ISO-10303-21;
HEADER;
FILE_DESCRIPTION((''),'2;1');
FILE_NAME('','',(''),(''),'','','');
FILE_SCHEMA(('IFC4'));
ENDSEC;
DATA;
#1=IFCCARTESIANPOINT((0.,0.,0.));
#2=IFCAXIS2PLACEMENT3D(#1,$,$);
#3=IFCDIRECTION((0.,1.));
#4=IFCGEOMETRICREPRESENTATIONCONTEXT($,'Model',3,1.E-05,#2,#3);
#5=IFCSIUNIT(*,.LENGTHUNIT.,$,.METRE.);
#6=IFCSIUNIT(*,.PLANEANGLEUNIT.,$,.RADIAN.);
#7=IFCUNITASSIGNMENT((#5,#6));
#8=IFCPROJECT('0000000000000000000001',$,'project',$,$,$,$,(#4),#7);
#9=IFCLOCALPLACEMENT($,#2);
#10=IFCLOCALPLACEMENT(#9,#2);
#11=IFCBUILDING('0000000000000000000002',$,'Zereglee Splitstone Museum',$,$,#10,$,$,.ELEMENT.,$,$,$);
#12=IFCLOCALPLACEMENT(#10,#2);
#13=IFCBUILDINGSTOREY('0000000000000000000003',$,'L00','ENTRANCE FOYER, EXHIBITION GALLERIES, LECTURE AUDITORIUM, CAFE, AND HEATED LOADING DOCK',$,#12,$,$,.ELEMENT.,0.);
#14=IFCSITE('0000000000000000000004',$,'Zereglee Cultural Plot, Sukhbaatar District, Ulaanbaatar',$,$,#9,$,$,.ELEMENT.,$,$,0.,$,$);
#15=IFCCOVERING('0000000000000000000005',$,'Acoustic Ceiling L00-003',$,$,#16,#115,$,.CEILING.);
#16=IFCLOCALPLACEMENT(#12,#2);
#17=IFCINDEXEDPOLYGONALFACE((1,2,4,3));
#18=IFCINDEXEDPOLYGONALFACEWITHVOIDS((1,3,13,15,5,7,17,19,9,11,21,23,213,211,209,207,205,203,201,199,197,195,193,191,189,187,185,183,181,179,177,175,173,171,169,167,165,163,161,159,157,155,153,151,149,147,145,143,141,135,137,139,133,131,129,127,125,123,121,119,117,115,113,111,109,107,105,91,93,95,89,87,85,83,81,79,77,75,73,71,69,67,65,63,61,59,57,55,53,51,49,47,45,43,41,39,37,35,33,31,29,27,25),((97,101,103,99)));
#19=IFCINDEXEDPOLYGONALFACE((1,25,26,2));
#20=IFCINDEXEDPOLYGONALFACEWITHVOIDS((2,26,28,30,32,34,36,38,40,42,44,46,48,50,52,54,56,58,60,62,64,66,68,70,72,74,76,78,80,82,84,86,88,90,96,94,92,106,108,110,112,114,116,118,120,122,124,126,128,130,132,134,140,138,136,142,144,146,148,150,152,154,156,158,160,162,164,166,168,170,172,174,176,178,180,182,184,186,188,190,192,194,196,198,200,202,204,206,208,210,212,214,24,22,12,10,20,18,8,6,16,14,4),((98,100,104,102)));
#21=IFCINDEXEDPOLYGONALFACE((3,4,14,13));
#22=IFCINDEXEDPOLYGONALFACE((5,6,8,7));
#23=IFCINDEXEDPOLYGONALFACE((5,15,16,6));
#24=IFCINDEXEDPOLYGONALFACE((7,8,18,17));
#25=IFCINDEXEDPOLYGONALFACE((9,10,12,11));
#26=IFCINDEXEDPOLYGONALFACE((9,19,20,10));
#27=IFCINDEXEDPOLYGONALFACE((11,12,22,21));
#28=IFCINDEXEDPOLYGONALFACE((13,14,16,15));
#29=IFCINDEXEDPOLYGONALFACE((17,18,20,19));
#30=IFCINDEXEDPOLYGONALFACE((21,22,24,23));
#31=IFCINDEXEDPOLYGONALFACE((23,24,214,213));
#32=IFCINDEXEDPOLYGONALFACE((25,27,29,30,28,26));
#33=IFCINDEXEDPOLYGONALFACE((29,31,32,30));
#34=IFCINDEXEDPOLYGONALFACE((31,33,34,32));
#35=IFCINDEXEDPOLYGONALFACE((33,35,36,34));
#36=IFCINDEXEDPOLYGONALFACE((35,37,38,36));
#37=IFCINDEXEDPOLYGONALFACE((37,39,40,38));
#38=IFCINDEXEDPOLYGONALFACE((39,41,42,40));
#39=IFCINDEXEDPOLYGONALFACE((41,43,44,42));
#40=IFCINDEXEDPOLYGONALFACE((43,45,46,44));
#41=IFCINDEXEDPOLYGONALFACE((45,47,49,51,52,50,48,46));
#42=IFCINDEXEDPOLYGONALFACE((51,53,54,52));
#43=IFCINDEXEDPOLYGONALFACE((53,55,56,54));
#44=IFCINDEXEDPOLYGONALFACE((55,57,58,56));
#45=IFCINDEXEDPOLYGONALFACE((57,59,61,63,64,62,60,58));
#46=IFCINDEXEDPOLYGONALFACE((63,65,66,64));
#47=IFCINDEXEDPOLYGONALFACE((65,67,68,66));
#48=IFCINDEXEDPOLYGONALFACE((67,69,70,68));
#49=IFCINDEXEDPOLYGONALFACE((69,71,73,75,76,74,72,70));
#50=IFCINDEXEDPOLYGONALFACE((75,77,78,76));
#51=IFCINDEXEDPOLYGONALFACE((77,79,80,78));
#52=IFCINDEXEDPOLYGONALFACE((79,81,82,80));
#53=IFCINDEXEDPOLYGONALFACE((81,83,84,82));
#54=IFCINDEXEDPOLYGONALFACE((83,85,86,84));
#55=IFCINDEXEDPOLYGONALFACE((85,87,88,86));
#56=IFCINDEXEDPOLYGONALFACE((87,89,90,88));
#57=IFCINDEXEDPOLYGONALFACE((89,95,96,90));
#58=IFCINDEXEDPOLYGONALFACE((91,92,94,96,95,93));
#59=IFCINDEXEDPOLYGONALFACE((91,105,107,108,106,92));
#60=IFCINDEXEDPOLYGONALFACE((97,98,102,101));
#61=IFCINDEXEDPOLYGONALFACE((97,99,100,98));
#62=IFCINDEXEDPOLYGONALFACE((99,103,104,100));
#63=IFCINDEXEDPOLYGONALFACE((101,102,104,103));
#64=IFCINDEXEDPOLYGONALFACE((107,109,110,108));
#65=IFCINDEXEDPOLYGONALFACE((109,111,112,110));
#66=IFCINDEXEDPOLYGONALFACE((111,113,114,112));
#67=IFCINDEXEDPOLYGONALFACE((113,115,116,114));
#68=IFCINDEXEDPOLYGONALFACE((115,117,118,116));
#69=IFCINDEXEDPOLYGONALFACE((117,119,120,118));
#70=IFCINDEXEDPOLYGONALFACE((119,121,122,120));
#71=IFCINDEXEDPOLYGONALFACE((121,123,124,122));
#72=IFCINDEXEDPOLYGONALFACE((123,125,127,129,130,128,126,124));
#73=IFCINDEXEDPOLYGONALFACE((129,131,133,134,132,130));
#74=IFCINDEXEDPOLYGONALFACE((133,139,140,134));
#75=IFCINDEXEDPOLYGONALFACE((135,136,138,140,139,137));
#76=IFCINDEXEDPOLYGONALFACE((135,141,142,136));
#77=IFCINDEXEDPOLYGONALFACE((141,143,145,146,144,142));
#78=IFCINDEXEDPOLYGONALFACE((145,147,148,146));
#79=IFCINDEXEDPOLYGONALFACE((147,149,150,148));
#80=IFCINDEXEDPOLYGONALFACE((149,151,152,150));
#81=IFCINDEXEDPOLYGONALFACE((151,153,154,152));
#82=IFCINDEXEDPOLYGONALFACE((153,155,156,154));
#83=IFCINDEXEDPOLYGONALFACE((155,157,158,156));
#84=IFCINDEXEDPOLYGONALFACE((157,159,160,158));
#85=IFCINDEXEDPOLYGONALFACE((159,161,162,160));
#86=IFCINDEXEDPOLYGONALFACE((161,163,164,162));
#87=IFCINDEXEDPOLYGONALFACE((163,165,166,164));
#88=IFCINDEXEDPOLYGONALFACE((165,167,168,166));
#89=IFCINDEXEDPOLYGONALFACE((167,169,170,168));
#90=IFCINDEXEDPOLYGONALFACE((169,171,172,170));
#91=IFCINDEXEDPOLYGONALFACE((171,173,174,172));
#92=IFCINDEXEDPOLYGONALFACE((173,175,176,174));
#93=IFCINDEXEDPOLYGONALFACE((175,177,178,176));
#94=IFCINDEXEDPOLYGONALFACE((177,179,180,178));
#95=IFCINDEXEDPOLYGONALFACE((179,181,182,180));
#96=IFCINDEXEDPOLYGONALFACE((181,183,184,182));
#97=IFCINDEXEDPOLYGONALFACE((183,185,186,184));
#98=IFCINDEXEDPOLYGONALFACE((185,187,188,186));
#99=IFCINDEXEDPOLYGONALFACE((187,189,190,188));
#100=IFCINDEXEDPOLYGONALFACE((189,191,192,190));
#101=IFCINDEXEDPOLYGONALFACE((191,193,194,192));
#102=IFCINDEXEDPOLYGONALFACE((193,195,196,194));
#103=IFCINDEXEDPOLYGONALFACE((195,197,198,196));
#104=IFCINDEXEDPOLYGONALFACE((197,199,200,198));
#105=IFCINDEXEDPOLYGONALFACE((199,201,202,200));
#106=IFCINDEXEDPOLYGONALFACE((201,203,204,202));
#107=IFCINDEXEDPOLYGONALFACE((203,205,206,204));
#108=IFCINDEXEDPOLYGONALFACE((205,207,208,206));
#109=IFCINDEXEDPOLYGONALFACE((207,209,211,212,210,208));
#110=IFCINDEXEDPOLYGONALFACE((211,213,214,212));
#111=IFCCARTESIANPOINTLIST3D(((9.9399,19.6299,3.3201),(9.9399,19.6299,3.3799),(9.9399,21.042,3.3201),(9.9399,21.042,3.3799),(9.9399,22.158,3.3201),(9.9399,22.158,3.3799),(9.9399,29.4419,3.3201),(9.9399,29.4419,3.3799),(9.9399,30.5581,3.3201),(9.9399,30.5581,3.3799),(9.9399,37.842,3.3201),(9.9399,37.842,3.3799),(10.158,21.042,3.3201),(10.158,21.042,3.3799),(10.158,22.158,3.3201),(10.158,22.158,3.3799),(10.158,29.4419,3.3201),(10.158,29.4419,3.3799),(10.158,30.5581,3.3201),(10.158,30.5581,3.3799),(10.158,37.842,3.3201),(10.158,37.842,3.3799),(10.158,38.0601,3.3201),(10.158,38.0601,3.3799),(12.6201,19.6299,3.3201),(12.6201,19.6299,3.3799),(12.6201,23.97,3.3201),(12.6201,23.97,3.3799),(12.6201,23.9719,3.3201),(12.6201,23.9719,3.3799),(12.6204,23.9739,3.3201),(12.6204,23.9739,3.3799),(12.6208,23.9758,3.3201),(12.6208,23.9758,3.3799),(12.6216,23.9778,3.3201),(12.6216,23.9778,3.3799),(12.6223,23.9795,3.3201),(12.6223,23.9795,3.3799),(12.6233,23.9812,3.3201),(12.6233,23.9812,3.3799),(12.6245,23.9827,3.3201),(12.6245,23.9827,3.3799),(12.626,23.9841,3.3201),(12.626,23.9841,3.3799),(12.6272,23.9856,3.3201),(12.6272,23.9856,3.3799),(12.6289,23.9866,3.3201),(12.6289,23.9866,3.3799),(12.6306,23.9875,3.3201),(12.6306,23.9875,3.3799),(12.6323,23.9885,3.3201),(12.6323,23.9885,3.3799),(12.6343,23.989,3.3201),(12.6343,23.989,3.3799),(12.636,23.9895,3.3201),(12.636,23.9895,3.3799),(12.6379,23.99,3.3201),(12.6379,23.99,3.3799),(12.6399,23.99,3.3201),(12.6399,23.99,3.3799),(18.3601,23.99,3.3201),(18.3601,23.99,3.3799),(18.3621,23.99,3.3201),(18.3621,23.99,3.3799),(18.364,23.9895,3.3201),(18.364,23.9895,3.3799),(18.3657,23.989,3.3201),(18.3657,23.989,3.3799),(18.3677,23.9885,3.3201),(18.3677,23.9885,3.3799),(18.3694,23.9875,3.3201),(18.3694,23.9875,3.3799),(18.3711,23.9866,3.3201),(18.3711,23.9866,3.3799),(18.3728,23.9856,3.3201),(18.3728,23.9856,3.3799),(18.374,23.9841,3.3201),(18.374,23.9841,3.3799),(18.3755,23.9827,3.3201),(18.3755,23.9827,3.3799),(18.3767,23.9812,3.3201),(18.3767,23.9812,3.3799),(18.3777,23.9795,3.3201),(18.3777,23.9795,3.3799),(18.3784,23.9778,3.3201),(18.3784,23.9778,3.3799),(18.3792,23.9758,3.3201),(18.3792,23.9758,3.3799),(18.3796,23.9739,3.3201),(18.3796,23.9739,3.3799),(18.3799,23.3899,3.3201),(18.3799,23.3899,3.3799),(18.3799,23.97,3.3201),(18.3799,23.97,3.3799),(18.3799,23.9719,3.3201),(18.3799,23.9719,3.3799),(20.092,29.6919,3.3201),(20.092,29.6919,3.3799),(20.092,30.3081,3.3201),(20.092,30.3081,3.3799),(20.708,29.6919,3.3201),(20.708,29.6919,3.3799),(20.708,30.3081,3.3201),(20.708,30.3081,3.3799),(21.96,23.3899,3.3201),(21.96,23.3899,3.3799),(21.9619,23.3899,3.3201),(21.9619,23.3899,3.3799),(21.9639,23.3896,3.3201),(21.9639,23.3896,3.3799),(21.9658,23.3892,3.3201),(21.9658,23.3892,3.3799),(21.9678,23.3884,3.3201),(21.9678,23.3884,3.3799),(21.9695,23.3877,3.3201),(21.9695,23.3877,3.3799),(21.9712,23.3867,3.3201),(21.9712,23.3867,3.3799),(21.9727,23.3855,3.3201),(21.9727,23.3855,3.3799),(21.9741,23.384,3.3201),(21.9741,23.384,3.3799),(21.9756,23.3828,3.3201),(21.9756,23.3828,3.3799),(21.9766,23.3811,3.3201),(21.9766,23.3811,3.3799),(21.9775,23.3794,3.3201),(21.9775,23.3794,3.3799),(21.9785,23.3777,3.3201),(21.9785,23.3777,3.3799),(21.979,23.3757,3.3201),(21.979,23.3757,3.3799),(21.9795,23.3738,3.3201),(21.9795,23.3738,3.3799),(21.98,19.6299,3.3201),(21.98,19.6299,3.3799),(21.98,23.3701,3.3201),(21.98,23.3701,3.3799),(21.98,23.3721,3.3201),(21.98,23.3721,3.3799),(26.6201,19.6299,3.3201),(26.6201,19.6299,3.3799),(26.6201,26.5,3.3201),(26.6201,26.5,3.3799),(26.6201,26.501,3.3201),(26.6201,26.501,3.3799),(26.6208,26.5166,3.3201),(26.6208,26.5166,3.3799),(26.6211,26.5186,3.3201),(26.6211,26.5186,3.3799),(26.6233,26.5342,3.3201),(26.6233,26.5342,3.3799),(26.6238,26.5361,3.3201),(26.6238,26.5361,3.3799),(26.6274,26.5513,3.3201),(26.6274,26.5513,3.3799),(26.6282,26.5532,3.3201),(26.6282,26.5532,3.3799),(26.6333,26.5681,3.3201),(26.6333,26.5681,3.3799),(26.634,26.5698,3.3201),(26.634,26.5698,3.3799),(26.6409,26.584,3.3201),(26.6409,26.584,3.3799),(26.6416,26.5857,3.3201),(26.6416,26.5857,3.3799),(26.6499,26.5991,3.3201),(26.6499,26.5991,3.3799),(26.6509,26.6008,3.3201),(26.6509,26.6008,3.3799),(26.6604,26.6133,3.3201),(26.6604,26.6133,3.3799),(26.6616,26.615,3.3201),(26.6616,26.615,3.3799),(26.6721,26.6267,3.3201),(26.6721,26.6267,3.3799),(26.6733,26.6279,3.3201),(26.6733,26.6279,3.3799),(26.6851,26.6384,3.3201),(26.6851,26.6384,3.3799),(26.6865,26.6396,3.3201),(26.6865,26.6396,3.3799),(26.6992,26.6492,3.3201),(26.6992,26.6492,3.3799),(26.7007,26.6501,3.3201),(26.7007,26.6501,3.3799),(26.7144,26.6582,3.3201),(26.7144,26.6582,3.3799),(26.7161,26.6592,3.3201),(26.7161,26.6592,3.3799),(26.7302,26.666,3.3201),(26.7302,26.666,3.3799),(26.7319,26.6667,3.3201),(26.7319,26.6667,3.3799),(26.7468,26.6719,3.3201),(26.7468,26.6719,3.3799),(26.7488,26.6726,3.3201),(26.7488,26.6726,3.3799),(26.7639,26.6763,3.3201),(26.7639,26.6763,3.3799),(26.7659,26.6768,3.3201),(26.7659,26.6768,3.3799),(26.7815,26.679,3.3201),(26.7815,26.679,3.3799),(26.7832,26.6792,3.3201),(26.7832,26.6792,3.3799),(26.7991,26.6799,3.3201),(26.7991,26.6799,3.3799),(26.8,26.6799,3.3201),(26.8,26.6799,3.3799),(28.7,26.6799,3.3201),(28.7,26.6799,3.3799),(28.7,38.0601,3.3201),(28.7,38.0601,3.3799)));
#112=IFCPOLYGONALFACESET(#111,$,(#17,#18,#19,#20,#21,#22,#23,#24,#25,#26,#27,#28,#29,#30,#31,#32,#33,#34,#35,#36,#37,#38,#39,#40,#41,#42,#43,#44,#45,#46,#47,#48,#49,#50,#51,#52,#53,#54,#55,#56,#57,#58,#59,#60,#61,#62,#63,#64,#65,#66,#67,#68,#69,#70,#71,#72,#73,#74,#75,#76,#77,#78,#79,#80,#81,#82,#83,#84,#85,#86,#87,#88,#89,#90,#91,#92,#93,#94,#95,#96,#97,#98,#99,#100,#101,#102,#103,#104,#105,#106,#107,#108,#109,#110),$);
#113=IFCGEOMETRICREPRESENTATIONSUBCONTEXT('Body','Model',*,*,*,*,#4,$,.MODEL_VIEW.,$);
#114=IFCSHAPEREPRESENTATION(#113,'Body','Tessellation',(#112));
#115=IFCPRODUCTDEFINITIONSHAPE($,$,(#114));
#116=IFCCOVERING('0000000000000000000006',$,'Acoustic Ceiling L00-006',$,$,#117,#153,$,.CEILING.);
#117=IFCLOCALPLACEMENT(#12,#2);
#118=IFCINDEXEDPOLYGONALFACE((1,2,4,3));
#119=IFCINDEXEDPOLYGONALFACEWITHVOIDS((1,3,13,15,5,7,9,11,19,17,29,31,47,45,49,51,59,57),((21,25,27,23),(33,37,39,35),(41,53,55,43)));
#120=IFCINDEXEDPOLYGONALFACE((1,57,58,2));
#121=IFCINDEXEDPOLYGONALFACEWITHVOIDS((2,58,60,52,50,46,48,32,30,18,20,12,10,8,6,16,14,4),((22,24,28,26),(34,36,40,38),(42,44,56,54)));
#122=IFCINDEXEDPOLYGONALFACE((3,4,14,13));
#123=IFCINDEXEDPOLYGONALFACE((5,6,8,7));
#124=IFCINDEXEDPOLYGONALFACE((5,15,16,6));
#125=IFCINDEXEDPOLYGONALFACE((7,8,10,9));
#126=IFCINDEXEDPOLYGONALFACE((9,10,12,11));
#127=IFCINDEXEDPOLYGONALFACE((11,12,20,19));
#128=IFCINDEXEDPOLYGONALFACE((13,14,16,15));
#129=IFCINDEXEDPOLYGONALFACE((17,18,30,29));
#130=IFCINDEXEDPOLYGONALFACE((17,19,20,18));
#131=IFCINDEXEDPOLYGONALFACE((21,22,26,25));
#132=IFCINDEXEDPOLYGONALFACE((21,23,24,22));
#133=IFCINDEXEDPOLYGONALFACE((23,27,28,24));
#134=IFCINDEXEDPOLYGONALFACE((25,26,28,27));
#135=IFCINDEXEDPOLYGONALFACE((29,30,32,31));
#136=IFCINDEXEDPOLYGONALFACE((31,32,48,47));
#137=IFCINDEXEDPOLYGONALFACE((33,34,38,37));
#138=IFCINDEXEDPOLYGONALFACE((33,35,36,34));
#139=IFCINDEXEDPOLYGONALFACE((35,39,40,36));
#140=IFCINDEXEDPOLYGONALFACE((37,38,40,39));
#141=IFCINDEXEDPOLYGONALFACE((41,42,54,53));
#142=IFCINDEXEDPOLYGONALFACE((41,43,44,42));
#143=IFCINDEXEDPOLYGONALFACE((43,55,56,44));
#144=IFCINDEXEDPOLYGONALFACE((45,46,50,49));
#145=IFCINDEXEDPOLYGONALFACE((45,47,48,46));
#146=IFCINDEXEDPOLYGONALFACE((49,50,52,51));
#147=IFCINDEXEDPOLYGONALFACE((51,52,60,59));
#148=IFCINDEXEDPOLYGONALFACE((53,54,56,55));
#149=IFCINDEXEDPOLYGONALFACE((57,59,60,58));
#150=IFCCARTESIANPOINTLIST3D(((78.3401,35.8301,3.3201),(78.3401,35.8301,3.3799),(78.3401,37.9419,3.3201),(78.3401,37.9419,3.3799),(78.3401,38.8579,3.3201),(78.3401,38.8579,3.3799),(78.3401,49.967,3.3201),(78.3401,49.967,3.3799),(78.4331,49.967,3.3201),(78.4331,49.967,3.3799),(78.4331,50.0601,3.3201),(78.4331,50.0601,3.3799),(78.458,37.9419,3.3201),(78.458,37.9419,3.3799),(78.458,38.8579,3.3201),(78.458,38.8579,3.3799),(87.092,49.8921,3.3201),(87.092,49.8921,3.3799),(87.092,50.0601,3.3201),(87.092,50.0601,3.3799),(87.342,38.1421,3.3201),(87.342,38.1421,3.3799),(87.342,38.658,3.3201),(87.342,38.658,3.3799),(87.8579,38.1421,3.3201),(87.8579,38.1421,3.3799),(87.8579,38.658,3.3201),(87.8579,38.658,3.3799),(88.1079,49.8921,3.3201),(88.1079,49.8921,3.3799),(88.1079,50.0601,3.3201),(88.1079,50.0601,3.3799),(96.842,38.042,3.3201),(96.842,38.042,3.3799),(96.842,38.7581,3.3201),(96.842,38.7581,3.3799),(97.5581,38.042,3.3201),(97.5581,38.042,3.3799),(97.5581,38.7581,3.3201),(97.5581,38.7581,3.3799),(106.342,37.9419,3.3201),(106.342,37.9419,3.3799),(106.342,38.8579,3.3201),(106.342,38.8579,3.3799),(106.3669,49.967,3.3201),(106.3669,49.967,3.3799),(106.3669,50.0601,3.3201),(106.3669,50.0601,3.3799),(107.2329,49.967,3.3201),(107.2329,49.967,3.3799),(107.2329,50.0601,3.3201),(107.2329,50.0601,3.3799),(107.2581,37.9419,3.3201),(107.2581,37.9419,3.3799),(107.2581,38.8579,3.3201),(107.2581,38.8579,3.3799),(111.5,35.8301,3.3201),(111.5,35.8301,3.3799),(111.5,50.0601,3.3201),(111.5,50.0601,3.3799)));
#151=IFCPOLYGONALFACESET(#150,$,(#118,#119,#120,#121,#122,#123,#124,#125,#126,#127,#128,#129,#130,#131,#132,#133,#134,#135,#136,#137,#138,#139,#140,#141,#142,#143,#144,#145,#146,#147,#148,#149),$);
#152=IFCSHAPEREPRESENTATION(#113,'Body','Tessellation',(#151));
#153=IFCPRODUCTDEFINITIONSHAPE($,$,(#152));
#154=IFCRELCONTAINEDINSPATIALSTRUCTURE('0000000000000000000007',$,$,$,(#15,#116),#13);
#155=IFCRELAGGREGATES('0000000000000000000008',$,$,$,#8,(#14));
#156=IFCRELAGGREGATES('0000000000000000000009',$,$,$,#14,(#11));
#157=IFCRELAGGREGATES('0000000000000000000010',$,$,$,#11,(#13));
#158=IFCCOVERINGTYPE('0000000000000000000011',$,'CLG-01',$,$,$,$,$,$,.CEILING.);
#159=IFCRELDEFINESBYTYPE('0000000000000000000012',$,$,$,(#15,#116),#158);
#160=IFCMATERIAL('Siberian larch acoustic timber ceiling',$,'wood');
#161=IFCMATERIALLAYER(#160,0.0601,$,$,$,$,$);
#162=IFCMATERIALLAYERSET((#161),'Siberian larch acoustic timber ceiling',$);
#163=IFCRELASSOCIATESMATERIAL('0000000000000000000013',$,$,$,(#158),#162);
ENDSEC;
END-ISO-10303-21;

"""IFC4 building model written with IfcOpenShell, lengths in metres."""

from ifc_helpers import new_model, si_unit, direction, frame, origin, place, context, subcontext, project, spatial, polyline, outline, extrude, material, layer, layer_set, type_object, element, save


model = new_model("IFC4")

# Units and contexts
model_context = context("Model", 3, precision=1e-05, world=origin(), true_north=direction((0.0, 1.0)))
body_context = subcontext(model_context, "Body", "Model", "MODEL_VIEW")
ifc_project = project(units=[si_unit("LENGTHUNIT", "METRE"), si_unit("PLANEANGLEUNIT", "RADIAN")], contexts=[model_context])

# Site, building, storey
site_placement = place(None, origin())
site = spatial("IfcSite", under=ifc_project, at=site_placement, Name="Zereglee Cultural Plot, Sukhbaatar District, Ulaanbaatar", CompositionType="ELEMENT", RefElevation=0.0)
building_placement = place(site_placement, origin())
building = spatial("IfcBuilding", under=site, at=building_placement, Name="Zereglee Splitstone Museum", CompositionType="ELEMENT")
storey_placement = place(building_placement, origin())
storey = spatial("IfcBuildingStorey", under=building, at=storey_placement, Name="L00", Description="ENTRANCE FOYER, EXHIBITION GALLERIES, LECTURE AUDITORIUM, CAFE, AND HEATED LOADING DOCK", CompositionType="ELEMENT", Elevation=0.0)

# Coverings
ifc_material_1 = material(Name="Siberian larch acoustic timber ceiling", Category="wood")
ifc_layer_1 = layer(ifc_material_1, 0.0601)
ifc_layer_set_1 = layer_set([ifc_layer_1], Name="Siberian larch acoustic timber ceiling")
covering_type_1 = type_object("IfcCoveringType", Name="CLG-01", PredefinedType="CEILING", material=ifc_layer_set_1)
covering_1_placement = place(storey_placement, frame((0.0, 0.0, 3.3201)))
element("IfcCovering", 1, at=covering_1_placement, inside=storey, type_object=covering_type_1, Name="Acoustic Ceiling L00-003", PredefinedType="CEILING", context=body_context, shape_type="SweptSolid", body=[
    extrude(outline(polyline([(26.7991, 26.6799), (26.7832, 26.6792), (26.7815, 26.679), (26.7659, 26.6768), (26.7639, 26.6763), (26.7488, 26.6726), (26.7468, 26.6719), (26.7319, 26.6667), (26.7302, 26.666), (26.7161, 26.6592), (26.7144, 26.6582), (26.7007, 26.6501), (26.6992, 26.6492), (26.6865, 26.6396), (26.6851, 26.6384), (26.6733, 26.6279), (26.6721, 26.6267), (26.6616, 26.615), (26.6604, 26.6133), (26.6509, 26.6008), (26.6499, 26.5991), (26.6416, 26.5857), (26.6409, 26.584), (26.634, 26.5698), (26.6333, 26.5681), (26.6282, 26.5532), (26.6274, 26.5513), (26.6238, 26.5361), (26.6233, 26.5342), (26.6211, 26.5186), (26.6208, 26.5166), (26.6201, 26.501), (26.6201, 26.5), (26.6201, 19.6299), (21.98, 19.6299), (21.98, 23.3701), (21.98, 23.3721), (21.9795, 23.3738), (21.979, 23.3757), (21.9785, 23.3777), (21.9775, 23.3794), (21.9766, 23.3811), (21.9756, 23.3828), (21.9741, 23.384), (21.9727, 23.3855), (21.9712, 23.3867), (21.9695, 23.3877), (21.9678, 23.3884), (21.9658, 23.3892), (21.9639, 23.3896), (21.9619, 23.3899), (21.96, 23.3899), (18.3799, 23.3899), (18.3799, 23.97), (18.3799, 23.9719), (18.3796, 23.9739), (18.3792, 23.9758), (18.3784, 23.9778), (18.3777, 23.9795), (18.3767, 23.9812), (18.3755, 23.9827), (18.374, 23.9841), (18.3728, 23.9856), (18.3711, 23.9866), (18.3694, 23.9875), (18.3677, 23.9885), (18.3657, 23.989), (18.364, 23.9895), (18.3621, 23.99), (18.3601, 23.99), (12.6399, 23.99), (12.6379, 23.99), (12.636, 23.9895), (12.6343, 23.989), (12.6323, 23.9885), (12.6306, 23.9875), (12.6289, 23.9866), (12.6272, 23.9856), (12.626, 23.9841), (12.6245, 23.9827), (12.6233, 23.9812), (12.6223, 23.9795), (12.6216, 23.9778), (12.6208, 23.9758), (12.6204, 23.9739), (12.6201, 23.9719), (12.6201, 23.97), (12.6201, 19.6299), (9.9399, 19.6299), (9.9399, 21.042), (10.158, 21.042), (10.158, 22.158), (9.9399, 22.158), (9.9399, 29.4419), (10.158, 29.4419), (10.158, 30.5581), (9.9399, 30.5581), (9.9399, 37.842), (10.158, 37.842), (10.158, 38.0601), (28.7, 38.0601), (28.7, 26.6799), (26.8, 26.6799), (26.7991, 26.6799)]), holes=[polyline([(20.708, 30.3081), (20.092, 30.3081), (20.092, 29.6919), (20.708, 29.6919), (20.708, 30.3081)])]), origin(), (0.0, 0.0, 1.0), 0.0598),
])
covering_2_placement = place(storey_placement, frame((0.0, 0.0, 3.3201)))
element("IfcCovering", 2, at=covering_2_placement, inside=storey, type_object=covering_type_1, Name="Acoustic Ceiling L00-006", PredefinedType="CEILING", context=body_context, shape_type="SweptSolid", body=[
    extrude(outline(polyline([(78.3401, 37.9419), (78.458, 37.9419), (78.458, 38.8579), (78.3401, 38.8579), (78.3401, 49.967), (78.4331, 49.967), (78.4331, 50.0601), (87.092, 50.0601), (87.092, 49.8921), (88.1079, 49.8921), (88.1079, 50.0601), (106.3669, 50.0601), (106.3669, 49.967), (107.2329, 49.967), (107.2329, 50.0601), (111.5, 50.0601), (111.5, 35.8301), (78.3401, 35.8301), (78.3401, 37.9419)]), holes=[polyline([(87.342, 38.658), (87.342, 38.1421), (87.8579, 38.1421), (87.8579, 38.658), (87.342, 38.658)]), polyline([(106.342, 38.8579), (106.342, 37.9419), (107.2581, 37.9419), (107.2581, 38.8579), (106.342, 38.8579)]), polyline([(96.842, 38.7581), (96.842, 38.042), (97.5581, 38.042), (97.5581, 38.7581), (96.842, 38.7581)])]), origin(), (0.0, 0.0, 1.0), 0.0598),
])

save(model, "model.ifc")
